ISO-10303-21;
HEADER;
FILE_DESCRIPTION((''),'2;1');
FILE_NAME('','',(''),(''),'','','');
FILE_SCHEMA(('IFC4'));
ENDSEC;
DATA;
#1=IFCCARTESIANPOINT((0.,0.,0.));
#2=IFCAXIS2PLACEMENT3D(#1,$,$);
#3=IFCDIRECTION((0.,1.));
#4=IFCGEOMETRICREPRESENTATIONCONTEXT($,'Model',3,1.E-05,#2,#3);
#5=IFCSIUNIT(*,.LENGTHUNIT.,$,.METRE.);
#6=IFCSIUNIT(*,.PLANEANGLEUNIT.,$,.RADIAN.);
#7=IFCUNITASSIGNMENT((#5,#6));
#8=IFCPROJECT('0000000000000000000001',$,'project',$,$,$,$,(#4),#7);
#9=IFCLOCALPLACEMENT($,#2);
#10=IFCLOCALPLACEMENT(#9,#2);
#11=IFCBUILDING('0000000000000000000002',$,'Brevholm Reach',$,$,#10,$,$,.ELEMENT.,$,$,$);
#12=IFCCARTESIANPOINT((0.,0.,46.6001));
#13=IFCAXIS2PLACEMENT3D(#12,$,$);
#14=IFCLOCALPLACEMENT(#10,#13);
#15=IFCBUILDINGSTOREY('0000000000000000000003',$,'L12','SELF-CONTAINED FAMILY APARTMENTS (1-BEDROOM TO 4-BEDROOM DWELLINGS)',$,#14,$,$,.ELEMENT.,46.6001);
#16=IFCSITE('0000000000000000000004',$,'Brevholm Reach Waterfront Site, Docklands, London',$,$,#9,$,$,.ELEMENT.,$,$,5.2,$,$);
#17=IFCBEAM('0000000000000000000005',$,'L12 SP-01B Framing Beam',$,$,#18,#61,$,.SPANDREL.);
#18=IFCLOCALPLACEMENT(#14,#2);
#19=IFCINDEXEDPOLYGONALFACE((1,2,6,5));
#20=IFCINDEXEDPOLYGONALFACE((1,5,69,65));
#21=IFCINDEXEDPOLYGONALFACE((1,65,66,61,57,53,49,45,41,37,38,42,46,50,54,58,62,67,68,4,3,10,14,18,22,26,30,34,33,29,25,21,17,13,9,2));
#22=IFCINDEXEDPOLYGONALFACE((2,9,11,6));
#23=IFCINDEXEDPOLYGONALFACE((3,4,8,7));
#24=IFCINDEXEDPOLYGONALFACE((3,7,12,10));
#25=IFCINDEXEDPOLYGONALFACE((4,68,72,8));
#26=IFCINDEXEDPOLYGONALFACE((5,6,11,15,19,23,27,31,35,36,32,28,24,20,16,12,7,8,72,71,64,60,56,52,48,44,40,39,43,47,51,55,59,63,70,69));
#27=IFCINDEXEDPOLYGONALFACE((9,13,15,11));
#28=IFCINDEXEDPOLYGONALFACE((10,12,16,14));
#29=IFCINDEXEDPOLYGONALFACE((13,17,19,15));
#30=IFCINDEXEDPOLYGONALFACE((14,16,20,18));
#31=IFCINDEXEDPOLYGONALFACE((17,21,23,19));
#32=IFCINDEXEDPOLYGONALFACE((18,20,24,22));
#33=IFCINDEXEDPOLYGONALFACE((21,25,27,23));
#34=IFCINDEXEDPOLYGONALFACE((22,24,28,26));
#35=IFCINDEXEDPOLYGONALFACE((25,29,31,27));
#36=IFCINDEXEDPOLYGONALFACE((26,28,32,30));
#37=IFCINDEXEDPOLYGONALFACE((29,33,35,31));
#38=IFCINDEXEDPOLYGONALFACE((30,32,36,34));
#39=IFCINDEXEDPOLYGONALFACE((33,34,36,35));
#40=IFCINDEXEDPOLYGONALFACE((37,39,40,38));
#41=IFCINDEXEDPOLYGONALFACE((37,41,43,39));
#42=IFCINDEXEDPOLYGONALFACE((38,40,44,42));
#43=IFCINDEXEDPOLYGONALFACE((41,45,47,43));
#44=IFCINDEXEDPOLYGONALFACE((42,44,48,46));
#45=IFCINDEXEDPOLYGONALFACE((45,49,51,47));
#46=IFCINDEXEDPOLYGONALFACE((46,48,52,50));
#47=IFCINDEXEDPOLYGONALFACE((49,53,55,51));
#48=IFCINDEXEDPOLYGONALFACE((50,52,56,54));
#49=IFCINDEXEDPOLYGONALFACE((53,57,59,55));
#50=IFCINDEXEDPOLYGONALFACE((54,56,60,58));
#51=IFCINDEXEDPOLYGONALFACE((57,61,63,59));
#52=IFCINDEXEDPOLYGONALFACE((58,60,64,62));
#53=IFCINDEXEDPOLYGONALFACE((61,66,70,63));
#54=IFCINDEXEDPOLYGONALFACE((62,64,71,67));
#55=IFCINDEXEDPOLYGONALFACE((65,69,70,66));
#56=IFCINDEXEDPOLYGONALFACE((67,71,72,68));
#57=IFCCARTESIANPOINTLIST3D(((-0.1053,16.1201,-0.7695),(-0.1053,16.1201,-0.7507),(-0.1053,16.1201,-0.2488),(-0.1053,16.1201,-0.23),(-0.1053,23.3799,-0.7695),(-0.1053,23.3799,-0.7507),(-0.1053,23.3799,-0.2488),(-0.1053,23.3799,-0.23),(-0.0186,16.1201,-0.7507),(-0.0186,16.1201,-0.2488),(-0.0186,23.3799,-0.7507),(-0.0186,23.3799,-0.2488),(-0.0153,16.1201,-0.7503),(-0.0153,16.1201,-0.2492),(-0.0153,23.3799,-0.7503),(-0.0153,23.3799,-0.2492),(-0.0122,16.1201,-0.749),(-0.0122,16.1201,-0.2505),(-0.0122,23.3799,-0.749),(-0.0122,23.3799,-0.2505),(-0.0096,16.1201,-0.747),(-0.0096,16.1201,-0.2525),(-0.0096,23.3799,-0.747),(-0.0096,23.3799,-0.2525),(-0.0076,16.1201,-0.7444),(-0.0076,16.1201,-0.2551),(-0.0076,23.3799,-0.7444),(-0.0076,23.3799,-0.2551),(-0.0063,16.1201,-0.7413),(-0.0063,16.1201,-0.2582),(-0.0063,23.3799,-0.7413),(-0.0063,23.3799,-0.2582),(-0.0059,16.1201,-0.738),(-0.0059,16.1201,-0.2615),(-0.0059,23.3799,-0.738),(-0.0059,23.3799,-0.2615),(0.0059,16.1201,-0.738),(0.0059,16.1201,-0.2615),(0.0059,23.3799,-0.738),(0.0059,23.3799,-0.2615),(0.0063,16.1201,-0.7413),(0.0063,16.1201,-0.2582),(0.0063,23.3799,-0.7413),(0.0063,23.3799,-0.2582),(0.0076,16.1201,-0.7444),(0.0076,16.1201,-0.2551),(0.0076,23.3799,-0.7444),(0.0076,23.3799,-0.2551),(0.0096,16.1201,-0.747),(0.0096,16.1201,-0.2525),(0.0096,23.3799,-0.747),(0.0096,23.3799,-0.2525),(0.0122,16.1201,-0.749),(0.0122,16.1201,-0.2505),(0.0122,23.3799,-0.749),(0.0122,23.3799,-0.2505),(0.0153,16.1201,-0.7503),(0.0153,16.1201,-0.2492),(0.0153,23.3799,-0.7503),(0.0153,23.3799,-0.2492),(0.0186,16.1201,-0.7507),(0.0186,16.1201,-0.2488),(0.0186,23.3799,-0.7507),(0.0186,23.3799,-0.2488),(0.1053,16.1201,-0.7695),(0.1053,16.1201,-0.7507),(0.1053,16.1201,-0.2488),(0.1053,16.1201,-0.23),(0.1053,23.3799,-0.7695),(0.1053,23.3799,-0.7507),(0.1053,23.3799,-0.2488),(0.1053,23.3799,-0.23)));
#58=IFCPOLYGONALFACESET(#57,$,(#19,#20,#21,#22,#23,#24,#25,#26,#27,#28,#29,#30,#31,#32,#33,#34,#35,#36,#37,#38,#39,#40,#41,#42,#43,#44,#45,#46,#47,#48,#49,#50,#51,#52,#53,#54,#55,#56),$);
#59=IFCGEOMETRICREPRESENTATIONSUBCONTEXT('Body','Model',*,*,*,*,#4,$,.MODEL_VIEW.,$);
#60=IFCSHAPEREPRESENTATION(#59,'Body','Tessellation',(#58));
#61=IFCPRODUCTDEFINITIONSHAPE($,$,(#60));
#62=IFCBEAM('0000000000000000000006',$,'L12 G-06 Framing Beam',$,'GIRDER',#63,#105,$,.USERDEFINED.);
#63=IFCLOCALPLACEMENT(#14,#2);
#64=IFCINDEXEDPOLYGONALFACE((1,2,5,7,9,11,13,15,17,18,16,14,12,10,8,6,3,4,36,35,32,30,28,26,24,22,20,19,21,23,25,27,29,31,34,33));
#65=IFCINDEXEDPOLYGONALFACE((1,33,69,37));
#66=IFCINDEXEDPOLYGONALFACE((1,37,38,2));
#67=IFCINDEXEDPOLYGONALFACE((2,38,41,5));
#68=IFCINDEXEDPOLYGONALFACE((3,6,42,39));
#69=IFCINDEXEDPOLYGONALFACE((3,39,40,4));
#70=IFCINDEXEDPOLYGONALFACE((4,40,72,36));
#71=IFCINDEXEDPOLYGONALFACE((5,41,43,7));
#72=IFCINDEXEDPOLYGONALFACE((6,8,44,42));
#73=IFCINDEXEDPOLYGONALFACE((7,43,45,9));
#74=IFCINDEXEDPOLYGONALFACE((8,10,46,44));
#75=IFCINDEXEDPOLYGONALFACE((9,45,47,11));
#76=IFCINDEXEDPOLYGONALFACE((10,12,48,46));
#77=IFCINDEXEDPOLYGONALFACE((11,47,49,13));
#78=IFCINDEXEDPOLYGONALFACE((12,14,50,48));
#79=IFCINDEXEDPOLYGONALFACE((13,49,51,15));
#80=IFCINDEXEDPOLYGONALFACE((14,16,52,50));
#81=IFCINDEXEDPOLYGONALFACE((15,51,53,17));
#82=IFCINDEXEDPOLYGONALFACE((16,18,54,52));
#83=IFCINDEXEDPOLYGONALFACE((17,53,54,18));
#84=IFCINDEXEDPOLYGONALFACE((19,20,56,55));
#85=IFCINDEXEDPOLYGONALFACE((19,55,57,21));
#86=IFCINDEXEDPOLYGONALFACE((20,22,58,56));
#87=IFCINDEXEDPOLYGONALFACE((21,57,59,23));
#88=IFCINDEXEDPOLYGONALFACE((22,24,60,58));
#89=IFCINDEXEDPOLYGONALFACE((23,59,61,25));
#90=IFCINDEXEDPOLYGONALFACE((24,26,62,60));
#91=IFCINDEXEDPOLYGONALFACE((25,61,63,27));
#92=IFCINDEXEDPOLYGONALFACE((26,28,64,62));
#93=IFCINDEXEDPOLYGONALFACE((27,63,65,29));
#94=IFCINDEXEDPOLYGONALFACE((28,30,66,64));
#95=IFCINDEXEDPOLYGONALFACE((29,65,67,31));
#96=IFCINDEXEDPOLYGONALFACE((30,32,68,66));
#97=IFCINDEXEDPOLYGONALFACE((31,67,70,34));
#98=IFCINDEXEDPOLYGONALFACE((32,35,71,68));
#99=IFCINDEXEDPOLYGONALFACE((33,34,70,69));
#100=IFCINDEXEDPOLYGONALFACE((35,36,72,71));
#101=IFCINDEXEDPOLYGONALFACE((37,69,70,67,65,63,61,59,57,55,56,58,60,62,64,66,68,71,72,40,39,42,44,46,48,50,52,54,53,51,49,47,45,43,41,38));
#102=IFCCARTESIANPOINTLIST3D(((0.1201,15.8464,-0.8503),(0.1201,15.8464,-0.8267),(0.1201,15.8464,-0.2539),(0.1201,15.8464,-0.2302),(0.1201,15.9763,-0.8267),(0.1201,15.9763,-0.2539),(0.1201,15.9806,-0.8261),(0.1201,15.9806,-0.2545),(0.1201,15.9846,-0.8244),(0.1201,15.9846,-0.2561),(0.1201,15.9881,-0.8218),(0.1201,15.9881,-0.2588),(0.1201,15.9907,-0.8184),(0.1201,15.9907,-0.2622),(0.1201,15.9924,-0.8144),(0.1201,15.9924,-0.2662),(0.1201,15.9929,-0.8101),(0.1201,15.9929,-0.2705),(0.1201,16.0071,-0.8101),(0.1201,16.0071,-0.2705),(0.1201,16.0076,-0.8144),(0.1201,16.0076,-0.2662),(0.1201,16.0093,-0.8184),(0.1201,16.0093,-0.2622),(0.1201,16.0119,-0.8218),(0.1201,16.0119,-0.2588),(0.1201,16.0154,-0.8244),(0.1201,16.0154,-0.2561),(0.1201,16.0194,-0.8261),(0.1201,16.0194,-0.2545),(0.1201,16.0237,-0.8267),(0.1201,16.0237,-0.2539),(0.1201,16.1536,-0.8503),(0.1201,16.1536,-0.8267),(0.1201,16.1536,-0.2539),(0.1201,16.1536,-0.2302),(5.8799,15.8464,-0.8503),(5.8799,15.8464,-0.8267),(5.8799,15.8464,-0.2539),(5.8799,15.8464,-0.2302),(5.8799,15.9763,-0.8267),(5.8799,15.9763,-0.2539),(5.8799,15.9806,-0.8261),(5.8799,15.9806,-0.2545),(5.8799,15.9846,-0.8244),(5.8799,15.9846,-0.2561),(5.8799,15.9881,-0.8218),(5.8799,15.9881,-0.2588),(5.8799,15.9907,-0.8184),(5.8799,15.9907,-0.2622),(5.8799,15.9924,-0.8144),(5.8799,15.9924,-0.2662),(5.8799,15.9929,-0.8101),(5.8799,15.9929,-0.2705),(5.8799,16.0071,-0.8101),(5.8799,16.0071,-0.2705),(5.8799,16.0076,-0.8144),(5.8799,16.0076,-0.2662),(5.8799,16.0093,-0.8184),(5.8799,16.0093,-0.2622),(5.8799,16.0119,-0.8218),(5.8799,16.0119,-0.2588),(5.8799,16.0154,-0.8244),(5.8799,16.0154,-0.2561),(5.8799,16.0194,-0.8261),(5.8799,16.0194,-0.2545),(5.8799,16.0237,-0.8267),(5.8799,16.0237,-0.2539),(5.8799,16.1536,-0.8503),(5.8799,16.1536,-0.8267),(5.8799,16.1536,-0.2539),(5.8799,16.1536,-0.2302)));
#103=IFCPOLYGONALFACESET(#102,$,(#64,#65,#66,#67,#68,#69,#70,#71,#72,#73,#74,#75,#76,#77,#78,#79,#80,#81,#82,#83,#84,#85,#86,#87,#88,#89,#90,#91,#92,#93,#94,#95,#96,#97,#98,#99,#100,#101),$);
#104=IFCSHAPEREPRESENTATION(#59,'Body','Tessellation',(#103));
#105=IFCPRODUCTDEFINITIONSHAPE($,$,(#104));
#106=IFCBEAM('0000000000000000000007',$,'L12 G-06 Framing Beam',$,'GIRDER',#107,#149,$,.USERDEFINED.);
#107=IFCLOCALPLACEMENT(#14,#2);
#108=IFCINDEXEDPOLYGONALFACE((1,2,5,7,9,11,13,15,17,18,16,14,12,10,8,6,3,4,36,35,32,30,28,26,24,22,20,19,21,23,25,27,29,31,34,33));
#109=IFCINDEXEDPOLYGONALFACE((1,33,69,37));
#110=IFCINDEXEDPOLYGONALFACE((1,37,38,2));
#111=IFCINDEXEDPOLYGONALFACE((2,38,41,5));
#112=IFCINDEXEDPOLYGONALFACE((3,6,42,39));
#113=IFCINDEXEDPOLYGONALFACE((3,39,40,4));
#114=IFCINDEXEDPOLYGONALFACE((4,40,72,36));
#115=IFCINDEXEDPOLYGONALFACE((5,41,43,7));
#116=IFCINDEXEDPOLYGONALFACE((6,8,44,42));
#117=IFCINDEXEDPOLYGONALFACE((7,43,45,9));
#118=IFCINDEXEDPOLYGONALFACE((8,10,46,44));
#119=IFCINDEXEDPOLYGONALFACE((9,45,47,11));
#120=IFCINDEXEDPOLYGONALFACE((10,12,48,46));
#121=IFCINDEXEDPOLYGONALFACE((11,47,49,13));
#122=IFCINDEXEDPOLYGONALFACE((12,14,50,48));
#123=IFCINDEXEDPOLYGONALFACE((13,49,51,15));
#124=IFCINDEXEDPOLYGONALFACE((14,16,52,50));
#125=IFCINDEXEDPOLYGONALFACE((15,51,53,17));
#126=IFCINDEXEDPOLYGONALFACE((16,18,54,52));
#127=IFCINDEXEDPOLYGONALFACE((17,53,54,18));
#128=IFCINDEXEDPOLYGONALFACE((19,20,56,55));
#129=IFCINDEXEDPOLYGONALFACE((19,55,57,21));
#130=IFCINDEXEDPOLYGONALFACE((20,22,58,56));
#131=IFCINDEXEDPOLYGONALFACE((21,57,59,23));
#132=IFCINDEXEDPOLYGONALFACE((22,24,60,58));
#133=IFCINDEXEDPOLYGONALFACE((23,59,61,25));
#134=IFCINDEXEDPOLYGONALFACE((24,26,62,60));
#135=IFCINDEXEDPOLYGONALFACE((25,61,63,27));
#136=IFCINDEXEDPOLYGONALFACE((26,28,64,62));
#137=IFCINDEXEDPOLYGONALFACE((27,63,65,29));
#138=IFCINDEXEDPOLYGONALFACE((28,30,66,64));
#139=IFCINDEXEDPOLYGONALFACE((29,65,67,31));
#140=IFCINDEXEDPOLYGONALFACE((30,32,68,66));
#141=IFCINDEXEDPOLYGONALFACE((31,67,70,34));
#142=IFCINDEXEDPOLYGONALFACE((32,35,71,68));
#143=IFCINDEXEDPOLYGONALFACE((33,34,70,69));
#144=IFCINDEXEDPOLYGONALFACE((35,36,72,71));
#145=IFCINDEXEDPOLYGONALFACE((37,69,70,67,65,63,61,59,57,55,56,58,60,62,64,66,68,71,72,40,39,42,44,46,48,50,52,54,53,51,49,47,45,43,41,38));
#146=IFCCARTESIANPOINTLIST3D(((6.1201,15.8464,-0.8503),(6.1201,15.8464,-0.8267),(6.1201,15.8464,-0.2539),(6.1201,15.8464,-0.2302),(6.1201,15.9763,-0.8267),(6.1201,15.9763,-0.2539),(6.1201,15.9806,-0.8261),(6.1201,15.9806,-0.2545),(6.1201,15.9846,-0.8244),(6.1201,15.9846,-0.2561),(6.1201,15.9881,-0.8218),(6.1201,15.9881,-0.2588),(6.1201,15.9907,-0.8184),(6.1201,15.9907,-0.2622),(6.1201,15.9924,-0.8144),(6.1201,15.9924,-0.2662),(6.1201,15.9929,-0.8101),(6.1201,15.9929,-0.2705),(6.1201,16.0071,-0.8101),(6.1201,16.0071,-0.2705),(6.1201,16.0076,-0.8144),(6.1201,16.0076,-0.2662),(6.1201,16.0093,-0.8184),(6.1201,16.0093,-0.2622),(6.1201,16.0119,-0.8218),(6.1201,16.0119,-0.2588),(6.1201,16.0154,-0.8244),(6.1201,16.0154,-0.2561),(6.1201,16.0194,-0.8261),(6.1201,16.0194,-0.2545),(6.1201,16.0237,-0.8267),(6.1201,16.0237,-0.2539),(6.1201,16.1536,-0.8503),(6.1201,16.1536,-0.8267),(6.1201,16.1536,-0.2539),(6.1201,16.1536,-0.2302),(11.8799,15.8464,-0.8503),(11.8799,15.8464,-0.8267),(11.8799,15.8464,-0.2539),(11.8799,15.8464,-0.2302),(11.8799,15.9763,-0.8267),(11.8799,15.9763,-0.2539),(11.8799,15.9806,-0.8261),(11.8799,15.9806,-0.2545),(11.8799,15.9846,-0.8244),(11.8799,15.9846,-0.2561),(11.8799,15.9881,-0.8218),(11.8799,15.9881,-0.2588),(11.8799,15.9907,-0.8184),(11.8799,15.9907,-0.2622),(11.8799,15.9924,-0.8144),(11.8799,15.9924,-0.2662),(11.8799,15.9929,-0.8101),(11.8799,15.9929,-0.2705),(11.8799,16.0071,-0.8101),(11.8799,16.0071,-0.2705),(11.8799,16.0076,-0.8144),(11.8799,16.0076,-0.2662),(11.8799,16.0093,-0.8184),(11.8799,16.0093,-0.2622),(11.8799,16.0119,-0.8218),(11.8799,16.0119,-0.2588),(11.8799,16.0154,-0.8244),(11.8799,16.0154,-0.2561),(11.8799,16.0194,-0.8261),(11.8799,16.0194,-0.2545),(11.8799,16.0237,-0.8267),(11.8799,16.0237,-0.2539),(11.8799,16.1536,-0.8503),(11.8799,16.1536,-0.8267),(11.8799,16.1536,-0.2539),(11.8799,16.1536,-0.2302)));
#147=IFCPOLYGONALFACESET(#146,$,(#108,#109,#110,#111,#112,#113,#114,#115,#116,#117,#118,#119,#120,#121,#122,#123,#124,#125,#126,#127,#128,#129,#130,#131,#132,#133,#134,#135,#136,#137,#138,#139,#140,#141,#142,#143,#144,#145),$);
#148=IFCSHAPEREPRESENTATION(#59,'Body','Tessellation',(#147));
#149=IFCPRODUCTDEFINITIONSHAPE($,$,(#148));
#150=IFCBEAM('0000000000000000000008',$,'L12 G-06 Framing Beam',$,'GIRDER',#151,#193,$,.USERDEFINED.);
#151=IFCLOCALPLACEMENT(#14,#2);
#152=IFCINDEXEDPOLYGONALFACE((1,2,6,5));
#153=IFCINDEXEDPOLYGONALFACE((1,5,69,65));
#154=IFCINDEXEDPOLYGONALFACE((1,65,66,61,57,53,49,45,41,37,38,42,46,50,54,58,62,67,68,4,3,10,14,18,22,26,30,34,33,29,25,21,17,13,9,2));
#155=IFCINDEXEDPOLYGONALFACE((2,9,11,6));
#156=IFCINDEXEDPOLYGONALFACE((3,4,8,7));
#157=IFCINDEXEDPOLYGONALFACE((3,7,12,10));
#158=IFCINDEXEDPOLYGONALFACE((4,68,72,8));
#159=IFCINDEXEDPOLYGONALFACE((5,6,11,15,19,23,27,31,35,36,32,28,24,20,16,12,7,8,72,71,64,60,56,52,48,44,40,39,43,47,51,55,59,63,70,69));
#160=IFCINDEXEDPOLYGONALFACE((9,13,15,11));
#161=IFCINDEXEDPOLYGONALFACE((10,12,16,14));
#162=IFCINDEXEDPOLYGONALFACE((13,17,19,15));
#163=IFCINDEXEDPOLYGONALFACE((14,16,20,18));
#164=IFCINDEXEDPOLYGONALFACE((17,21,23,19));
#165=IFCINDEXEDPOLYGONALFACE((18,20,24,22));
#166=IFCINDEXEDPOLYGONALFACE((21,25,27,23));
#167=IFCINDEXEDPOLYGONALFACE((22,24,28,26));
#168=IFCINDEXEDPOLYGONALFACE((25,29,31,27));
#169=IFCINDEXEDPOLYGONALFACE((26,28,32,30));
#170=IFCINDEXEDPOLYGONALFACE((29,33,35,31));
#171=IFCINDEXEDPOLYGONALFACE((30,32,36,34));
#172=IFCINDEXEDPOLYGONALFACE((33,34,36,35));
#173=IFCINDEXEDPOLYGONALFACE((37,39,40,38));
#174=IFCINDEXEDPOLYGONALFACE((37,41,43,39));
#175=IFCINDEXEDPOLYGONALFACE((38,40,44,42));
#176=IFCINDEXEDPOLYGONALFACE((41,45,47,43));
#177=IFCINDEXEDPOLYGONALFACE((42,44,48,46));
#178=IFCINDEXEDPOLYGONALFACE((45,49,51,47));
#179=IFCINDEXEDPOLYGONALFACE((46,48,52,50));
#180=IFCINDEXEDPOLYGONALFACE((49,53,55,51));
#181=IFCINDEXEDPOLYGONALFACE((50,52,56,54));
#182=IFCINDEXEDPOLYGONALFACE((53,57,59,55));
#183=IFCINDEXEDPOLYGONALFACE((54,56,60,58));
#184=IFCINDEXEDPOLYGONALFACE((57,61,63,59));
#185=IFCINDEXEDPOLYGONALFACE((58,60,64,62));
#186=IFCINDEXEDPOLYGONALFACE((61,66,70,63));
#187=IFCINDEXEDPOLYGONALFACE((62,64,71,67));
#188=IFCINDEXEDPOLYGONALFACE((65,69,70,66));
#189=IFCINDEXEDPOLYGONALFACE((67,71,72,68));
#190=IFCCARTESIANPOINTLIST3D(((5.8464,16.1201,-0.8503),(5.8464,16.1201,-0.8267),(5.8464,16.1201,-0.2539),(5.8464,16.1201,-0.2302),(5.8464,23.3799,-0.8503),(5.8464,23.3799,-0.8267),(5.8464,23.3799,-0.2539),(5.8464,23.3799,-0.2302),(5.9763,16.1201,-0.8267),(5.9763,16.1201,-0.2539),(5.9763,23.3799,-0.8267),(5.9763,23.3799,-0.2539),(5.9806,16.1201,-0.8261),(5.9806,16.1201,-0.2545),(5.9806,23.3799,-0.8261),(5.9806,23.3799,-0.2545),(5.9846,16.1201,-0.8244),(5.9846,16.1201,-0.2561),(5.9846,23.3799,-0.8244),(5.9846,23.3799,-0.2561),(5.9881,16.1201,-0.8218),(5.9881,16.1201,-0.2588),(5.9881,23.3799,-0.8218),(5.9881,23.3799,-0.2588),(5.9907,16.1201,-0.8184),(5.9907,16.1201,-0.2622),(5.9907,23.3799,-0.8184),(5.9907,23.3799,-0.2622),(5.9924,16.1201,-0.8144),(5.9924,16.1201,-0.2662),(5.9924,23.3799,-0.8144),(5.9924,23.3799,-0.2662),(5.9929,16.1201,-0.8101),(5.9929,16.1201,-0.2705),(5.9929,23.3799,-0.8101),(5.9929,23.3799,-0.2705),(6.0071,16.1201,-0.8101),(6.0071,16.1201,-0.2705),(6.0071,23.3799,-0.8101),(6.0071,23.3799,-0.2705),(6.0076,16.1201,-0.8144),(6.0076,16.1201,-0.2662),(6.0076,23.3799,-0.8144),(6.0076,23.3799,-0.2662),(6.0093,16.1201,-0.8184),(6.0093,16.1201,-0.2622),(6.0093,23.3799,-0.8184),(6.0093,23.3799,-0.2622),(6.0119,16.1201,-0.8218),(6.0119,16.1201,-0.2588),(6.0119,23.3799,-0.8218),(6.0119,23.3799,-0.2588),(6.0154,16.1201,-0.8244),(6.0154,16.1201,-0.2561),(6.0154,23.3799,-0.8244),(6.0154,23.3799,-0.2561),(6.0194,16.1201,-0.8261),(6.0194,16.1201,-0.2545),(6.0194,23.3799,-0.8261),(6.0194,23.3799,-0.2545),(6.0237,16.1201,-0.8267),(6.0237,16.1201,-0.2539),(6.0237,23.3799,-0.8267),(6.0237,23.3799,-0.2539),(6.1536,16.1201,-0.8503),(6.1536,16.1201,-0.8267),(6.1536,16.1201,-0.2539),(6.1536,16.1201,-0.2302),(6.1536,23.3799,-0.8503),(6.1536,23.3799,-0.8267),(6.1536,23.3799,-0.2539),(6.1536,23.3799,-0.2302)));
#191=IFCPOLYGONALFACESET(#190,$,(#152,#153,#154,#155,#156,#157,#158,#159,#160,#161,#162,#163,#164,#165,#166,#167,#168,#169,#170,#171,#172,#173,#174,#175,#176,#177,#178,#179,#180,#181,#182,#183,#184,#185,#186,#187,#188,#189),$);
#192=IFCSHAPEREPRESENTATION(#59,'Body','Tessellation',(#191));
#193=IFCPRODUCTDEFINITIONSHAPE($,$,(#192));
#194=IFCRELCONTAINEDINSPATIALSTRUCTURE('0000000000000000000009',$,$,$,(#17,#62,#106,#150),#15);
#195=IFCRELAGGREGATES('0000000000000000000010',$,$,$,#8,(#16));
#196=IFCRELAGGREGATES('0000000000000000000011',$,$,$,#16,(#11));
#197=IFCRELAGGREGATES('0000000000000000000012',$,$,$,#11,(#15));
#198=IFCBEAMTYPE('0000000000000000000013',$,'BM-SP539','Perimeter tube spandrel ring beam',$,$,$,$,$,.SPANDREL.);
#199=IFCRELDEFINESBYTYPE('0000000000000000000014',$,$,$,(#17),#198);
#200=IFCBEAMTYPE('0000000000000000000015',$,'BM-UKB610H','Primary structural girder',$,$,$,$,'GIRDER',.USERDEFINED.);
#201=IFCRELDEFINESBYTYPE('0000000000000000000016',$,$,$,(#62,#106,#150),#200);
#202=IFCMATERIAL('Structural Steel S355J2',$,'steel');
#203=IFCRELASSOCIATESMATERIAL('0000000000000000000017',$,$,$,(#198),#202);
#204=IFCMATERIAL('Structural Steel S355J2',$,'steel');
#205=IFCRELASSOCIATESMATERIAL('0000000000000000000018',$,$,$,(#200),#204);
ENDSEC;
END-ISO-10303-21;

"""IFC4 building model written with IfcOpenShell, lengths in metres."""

from ifc_helpers import new_model, si_unit, direction, frame, origin, origin_2d, place, context, subcontext, project, spatial, i_section, extrude, material, material_profile, profile_set, type_object, element, save


model = new_model("IFC4")

# Units and contexts
model_context = context("Model", 3, precision=1e-05, world=origin(), true_north=direction((0.0, 1.0)))
body_context = subcontext(model_context, "Body", "Model", "MODEL_VIEW")
ifc_project = project(units=[si_unit("LENGTHUNIT", "METRE"), si_unit("PLANEANGLEUNIT", "RADIAN")], contexts=[model_context])

# Site, building, storey
site_placement = place(None, origin())
site = spatial("IfcSite", under=ifc_project, at=site_placement, Name="Brevholm Reach Waterfront Site, Docklands, London", CompositionType="ELEMENT", RefElevation=5.2)
building_placement = place(site_placement, origin())
building = spatial("IfcBuilding", under=site, at=building_placement, Name="Brevholm Reach", CompositionType="ELEMENT")
storey_placement = place(building_placement, frame((0.0, 0.0, 46.6001)))
storey = spatial("IfcBuildingStorey", under=building, at=storey_placement, Name="L12", Description="SELF-CONTAINED FAMILY APARTMENTS (1-BEDROOM TO 4-BEDROOM DWELLINGS)", CompositionType="ELEMENT", Elevation=46.6001)

# Beams
ifc_material_1 = material(Name="Structural Steel S355J2", Category="steel")
ifc_material_profile_1 = material_profile(ifc_material_1, i_section(OverallWidth=0.2107, OverallDepth=0.5396, WebThickness=0.0117, FlangeThickness=0.0188, FilletRadius=0.0127, at=origin_2d()), Name="UKB 533x210x109")
ifc_profile_set_1 = profile_set([ifc_material_profile_1], Name="Structural Steel S355J2")
beam_type_1 = type_object("IfcBeamType", Name="BM-SP539", Description="Perimeter tube spandrel ring beam", PredefinedType="SPANDREL", material=ifc_profile_set_1)
beam_1_placement = place(storey_placement, frame((0.0, 16.1201, -0.4998), z_axis=(0.0, 1.0, 0.0), x_axis=(-1.0, 0.0, 0.0)))
element("IfcBeam", 1, at=beam_1_placement, inside=storey, type_object=beam_type_1, Name="L12 SP-01B Framing Beam", PredefinedType="SPANDREL", context=body_context, shape_type="SweptSolid", body=[
    extrude(i_section(OverallWidth=0.2107, OverallDepth=0.5396, WebThickness=0.0117, FlangeThickness=0.0188, FilletRadius=0.0127, at=origin_2d()), origin(), (0.0, 0.0, 1.0), 7.2598),
])
ifc_material_2 = material(Name="Structural Steel S355J2", Category="steel")
ifc_material_profile_2 = material_profile(ifc_material_2, i_section(OverallWidth=0.3071, OverallDepth=0.6201, WebThickness=0.0142, FlangeThickness=0.0237, FilletRadius=0.0166, at=origin_2d()), Name="UKB 610x305x179")
ifc_profile_set_2 = profile_set([ifc_material_profile_2], Name="Structural Steel S355J2")
beam_type_2 = type_object("IfcBeamType", Name="BM-UKB610H", Description="Primary structural girder", ElementType="GIRDER", PredefinedType="USERDEFINED", material=ifc_profile_set_2)
for number, where, z_axis, x_axis, name in (
    (2, (0.1201, 16.0, -0.5403), (1.0, 0.0, 0.0), (0.0, 1.0, 0.0), "L12 G-06 Framing Beam"),
    (3, (6.1201, 16.0, -0.5403), (1.0, 0.0, 0.0), (0.0, 1.0, 0.0), "L12 G-06 Framing Beam"),
):
    element("IfcBeam", number, at=place(storey_placement, frame(where, z_axis=z_axis, x_axis=x_axis)), inside=storey, type_object=beam_type_2, Name=name, ObjectType="GIRDER", PredefinedType="USERDEFINED", context=body_context, shape_type="SweptSolid", body=[
        extrude(i_section(OverallWidth=0.3071, OverallDepth=0.6201, WebThickness=0.0142, FlangeThickness=0.0237, FilletRadius=0.0166, at=origin_2d()), origin(), (0.0, 0.0, 1.0), 5.7598),
    ])
beam_2_placement = place(storey_placement, frame((6.0, 16.1201, -0.5403), z_axis=(0.0, 1.0, 0.0), x_axis=(-1.0, 0.0, 0.0)))
element("IfcBeam", 4, at=beam_2_placement, inside=storey, type_object=beam_type_2, Name="L12 G-06 Framing Beam", ObjectType="GIRDER", PredefinedType="USERDEFINED", context=body_context, shape_type="SweptSolid", body=[
    extrude(i_section(OverallWidth=0.3071, OverallDepth=0.6201, WebThickness=0.0142, FlangeThickness=0.0237, FilletRadius=0.0166, at=origin_2d()), origin(), (0.0, 0.0, 1.0), 7.2598),
])

save(model, "model.ifc")
